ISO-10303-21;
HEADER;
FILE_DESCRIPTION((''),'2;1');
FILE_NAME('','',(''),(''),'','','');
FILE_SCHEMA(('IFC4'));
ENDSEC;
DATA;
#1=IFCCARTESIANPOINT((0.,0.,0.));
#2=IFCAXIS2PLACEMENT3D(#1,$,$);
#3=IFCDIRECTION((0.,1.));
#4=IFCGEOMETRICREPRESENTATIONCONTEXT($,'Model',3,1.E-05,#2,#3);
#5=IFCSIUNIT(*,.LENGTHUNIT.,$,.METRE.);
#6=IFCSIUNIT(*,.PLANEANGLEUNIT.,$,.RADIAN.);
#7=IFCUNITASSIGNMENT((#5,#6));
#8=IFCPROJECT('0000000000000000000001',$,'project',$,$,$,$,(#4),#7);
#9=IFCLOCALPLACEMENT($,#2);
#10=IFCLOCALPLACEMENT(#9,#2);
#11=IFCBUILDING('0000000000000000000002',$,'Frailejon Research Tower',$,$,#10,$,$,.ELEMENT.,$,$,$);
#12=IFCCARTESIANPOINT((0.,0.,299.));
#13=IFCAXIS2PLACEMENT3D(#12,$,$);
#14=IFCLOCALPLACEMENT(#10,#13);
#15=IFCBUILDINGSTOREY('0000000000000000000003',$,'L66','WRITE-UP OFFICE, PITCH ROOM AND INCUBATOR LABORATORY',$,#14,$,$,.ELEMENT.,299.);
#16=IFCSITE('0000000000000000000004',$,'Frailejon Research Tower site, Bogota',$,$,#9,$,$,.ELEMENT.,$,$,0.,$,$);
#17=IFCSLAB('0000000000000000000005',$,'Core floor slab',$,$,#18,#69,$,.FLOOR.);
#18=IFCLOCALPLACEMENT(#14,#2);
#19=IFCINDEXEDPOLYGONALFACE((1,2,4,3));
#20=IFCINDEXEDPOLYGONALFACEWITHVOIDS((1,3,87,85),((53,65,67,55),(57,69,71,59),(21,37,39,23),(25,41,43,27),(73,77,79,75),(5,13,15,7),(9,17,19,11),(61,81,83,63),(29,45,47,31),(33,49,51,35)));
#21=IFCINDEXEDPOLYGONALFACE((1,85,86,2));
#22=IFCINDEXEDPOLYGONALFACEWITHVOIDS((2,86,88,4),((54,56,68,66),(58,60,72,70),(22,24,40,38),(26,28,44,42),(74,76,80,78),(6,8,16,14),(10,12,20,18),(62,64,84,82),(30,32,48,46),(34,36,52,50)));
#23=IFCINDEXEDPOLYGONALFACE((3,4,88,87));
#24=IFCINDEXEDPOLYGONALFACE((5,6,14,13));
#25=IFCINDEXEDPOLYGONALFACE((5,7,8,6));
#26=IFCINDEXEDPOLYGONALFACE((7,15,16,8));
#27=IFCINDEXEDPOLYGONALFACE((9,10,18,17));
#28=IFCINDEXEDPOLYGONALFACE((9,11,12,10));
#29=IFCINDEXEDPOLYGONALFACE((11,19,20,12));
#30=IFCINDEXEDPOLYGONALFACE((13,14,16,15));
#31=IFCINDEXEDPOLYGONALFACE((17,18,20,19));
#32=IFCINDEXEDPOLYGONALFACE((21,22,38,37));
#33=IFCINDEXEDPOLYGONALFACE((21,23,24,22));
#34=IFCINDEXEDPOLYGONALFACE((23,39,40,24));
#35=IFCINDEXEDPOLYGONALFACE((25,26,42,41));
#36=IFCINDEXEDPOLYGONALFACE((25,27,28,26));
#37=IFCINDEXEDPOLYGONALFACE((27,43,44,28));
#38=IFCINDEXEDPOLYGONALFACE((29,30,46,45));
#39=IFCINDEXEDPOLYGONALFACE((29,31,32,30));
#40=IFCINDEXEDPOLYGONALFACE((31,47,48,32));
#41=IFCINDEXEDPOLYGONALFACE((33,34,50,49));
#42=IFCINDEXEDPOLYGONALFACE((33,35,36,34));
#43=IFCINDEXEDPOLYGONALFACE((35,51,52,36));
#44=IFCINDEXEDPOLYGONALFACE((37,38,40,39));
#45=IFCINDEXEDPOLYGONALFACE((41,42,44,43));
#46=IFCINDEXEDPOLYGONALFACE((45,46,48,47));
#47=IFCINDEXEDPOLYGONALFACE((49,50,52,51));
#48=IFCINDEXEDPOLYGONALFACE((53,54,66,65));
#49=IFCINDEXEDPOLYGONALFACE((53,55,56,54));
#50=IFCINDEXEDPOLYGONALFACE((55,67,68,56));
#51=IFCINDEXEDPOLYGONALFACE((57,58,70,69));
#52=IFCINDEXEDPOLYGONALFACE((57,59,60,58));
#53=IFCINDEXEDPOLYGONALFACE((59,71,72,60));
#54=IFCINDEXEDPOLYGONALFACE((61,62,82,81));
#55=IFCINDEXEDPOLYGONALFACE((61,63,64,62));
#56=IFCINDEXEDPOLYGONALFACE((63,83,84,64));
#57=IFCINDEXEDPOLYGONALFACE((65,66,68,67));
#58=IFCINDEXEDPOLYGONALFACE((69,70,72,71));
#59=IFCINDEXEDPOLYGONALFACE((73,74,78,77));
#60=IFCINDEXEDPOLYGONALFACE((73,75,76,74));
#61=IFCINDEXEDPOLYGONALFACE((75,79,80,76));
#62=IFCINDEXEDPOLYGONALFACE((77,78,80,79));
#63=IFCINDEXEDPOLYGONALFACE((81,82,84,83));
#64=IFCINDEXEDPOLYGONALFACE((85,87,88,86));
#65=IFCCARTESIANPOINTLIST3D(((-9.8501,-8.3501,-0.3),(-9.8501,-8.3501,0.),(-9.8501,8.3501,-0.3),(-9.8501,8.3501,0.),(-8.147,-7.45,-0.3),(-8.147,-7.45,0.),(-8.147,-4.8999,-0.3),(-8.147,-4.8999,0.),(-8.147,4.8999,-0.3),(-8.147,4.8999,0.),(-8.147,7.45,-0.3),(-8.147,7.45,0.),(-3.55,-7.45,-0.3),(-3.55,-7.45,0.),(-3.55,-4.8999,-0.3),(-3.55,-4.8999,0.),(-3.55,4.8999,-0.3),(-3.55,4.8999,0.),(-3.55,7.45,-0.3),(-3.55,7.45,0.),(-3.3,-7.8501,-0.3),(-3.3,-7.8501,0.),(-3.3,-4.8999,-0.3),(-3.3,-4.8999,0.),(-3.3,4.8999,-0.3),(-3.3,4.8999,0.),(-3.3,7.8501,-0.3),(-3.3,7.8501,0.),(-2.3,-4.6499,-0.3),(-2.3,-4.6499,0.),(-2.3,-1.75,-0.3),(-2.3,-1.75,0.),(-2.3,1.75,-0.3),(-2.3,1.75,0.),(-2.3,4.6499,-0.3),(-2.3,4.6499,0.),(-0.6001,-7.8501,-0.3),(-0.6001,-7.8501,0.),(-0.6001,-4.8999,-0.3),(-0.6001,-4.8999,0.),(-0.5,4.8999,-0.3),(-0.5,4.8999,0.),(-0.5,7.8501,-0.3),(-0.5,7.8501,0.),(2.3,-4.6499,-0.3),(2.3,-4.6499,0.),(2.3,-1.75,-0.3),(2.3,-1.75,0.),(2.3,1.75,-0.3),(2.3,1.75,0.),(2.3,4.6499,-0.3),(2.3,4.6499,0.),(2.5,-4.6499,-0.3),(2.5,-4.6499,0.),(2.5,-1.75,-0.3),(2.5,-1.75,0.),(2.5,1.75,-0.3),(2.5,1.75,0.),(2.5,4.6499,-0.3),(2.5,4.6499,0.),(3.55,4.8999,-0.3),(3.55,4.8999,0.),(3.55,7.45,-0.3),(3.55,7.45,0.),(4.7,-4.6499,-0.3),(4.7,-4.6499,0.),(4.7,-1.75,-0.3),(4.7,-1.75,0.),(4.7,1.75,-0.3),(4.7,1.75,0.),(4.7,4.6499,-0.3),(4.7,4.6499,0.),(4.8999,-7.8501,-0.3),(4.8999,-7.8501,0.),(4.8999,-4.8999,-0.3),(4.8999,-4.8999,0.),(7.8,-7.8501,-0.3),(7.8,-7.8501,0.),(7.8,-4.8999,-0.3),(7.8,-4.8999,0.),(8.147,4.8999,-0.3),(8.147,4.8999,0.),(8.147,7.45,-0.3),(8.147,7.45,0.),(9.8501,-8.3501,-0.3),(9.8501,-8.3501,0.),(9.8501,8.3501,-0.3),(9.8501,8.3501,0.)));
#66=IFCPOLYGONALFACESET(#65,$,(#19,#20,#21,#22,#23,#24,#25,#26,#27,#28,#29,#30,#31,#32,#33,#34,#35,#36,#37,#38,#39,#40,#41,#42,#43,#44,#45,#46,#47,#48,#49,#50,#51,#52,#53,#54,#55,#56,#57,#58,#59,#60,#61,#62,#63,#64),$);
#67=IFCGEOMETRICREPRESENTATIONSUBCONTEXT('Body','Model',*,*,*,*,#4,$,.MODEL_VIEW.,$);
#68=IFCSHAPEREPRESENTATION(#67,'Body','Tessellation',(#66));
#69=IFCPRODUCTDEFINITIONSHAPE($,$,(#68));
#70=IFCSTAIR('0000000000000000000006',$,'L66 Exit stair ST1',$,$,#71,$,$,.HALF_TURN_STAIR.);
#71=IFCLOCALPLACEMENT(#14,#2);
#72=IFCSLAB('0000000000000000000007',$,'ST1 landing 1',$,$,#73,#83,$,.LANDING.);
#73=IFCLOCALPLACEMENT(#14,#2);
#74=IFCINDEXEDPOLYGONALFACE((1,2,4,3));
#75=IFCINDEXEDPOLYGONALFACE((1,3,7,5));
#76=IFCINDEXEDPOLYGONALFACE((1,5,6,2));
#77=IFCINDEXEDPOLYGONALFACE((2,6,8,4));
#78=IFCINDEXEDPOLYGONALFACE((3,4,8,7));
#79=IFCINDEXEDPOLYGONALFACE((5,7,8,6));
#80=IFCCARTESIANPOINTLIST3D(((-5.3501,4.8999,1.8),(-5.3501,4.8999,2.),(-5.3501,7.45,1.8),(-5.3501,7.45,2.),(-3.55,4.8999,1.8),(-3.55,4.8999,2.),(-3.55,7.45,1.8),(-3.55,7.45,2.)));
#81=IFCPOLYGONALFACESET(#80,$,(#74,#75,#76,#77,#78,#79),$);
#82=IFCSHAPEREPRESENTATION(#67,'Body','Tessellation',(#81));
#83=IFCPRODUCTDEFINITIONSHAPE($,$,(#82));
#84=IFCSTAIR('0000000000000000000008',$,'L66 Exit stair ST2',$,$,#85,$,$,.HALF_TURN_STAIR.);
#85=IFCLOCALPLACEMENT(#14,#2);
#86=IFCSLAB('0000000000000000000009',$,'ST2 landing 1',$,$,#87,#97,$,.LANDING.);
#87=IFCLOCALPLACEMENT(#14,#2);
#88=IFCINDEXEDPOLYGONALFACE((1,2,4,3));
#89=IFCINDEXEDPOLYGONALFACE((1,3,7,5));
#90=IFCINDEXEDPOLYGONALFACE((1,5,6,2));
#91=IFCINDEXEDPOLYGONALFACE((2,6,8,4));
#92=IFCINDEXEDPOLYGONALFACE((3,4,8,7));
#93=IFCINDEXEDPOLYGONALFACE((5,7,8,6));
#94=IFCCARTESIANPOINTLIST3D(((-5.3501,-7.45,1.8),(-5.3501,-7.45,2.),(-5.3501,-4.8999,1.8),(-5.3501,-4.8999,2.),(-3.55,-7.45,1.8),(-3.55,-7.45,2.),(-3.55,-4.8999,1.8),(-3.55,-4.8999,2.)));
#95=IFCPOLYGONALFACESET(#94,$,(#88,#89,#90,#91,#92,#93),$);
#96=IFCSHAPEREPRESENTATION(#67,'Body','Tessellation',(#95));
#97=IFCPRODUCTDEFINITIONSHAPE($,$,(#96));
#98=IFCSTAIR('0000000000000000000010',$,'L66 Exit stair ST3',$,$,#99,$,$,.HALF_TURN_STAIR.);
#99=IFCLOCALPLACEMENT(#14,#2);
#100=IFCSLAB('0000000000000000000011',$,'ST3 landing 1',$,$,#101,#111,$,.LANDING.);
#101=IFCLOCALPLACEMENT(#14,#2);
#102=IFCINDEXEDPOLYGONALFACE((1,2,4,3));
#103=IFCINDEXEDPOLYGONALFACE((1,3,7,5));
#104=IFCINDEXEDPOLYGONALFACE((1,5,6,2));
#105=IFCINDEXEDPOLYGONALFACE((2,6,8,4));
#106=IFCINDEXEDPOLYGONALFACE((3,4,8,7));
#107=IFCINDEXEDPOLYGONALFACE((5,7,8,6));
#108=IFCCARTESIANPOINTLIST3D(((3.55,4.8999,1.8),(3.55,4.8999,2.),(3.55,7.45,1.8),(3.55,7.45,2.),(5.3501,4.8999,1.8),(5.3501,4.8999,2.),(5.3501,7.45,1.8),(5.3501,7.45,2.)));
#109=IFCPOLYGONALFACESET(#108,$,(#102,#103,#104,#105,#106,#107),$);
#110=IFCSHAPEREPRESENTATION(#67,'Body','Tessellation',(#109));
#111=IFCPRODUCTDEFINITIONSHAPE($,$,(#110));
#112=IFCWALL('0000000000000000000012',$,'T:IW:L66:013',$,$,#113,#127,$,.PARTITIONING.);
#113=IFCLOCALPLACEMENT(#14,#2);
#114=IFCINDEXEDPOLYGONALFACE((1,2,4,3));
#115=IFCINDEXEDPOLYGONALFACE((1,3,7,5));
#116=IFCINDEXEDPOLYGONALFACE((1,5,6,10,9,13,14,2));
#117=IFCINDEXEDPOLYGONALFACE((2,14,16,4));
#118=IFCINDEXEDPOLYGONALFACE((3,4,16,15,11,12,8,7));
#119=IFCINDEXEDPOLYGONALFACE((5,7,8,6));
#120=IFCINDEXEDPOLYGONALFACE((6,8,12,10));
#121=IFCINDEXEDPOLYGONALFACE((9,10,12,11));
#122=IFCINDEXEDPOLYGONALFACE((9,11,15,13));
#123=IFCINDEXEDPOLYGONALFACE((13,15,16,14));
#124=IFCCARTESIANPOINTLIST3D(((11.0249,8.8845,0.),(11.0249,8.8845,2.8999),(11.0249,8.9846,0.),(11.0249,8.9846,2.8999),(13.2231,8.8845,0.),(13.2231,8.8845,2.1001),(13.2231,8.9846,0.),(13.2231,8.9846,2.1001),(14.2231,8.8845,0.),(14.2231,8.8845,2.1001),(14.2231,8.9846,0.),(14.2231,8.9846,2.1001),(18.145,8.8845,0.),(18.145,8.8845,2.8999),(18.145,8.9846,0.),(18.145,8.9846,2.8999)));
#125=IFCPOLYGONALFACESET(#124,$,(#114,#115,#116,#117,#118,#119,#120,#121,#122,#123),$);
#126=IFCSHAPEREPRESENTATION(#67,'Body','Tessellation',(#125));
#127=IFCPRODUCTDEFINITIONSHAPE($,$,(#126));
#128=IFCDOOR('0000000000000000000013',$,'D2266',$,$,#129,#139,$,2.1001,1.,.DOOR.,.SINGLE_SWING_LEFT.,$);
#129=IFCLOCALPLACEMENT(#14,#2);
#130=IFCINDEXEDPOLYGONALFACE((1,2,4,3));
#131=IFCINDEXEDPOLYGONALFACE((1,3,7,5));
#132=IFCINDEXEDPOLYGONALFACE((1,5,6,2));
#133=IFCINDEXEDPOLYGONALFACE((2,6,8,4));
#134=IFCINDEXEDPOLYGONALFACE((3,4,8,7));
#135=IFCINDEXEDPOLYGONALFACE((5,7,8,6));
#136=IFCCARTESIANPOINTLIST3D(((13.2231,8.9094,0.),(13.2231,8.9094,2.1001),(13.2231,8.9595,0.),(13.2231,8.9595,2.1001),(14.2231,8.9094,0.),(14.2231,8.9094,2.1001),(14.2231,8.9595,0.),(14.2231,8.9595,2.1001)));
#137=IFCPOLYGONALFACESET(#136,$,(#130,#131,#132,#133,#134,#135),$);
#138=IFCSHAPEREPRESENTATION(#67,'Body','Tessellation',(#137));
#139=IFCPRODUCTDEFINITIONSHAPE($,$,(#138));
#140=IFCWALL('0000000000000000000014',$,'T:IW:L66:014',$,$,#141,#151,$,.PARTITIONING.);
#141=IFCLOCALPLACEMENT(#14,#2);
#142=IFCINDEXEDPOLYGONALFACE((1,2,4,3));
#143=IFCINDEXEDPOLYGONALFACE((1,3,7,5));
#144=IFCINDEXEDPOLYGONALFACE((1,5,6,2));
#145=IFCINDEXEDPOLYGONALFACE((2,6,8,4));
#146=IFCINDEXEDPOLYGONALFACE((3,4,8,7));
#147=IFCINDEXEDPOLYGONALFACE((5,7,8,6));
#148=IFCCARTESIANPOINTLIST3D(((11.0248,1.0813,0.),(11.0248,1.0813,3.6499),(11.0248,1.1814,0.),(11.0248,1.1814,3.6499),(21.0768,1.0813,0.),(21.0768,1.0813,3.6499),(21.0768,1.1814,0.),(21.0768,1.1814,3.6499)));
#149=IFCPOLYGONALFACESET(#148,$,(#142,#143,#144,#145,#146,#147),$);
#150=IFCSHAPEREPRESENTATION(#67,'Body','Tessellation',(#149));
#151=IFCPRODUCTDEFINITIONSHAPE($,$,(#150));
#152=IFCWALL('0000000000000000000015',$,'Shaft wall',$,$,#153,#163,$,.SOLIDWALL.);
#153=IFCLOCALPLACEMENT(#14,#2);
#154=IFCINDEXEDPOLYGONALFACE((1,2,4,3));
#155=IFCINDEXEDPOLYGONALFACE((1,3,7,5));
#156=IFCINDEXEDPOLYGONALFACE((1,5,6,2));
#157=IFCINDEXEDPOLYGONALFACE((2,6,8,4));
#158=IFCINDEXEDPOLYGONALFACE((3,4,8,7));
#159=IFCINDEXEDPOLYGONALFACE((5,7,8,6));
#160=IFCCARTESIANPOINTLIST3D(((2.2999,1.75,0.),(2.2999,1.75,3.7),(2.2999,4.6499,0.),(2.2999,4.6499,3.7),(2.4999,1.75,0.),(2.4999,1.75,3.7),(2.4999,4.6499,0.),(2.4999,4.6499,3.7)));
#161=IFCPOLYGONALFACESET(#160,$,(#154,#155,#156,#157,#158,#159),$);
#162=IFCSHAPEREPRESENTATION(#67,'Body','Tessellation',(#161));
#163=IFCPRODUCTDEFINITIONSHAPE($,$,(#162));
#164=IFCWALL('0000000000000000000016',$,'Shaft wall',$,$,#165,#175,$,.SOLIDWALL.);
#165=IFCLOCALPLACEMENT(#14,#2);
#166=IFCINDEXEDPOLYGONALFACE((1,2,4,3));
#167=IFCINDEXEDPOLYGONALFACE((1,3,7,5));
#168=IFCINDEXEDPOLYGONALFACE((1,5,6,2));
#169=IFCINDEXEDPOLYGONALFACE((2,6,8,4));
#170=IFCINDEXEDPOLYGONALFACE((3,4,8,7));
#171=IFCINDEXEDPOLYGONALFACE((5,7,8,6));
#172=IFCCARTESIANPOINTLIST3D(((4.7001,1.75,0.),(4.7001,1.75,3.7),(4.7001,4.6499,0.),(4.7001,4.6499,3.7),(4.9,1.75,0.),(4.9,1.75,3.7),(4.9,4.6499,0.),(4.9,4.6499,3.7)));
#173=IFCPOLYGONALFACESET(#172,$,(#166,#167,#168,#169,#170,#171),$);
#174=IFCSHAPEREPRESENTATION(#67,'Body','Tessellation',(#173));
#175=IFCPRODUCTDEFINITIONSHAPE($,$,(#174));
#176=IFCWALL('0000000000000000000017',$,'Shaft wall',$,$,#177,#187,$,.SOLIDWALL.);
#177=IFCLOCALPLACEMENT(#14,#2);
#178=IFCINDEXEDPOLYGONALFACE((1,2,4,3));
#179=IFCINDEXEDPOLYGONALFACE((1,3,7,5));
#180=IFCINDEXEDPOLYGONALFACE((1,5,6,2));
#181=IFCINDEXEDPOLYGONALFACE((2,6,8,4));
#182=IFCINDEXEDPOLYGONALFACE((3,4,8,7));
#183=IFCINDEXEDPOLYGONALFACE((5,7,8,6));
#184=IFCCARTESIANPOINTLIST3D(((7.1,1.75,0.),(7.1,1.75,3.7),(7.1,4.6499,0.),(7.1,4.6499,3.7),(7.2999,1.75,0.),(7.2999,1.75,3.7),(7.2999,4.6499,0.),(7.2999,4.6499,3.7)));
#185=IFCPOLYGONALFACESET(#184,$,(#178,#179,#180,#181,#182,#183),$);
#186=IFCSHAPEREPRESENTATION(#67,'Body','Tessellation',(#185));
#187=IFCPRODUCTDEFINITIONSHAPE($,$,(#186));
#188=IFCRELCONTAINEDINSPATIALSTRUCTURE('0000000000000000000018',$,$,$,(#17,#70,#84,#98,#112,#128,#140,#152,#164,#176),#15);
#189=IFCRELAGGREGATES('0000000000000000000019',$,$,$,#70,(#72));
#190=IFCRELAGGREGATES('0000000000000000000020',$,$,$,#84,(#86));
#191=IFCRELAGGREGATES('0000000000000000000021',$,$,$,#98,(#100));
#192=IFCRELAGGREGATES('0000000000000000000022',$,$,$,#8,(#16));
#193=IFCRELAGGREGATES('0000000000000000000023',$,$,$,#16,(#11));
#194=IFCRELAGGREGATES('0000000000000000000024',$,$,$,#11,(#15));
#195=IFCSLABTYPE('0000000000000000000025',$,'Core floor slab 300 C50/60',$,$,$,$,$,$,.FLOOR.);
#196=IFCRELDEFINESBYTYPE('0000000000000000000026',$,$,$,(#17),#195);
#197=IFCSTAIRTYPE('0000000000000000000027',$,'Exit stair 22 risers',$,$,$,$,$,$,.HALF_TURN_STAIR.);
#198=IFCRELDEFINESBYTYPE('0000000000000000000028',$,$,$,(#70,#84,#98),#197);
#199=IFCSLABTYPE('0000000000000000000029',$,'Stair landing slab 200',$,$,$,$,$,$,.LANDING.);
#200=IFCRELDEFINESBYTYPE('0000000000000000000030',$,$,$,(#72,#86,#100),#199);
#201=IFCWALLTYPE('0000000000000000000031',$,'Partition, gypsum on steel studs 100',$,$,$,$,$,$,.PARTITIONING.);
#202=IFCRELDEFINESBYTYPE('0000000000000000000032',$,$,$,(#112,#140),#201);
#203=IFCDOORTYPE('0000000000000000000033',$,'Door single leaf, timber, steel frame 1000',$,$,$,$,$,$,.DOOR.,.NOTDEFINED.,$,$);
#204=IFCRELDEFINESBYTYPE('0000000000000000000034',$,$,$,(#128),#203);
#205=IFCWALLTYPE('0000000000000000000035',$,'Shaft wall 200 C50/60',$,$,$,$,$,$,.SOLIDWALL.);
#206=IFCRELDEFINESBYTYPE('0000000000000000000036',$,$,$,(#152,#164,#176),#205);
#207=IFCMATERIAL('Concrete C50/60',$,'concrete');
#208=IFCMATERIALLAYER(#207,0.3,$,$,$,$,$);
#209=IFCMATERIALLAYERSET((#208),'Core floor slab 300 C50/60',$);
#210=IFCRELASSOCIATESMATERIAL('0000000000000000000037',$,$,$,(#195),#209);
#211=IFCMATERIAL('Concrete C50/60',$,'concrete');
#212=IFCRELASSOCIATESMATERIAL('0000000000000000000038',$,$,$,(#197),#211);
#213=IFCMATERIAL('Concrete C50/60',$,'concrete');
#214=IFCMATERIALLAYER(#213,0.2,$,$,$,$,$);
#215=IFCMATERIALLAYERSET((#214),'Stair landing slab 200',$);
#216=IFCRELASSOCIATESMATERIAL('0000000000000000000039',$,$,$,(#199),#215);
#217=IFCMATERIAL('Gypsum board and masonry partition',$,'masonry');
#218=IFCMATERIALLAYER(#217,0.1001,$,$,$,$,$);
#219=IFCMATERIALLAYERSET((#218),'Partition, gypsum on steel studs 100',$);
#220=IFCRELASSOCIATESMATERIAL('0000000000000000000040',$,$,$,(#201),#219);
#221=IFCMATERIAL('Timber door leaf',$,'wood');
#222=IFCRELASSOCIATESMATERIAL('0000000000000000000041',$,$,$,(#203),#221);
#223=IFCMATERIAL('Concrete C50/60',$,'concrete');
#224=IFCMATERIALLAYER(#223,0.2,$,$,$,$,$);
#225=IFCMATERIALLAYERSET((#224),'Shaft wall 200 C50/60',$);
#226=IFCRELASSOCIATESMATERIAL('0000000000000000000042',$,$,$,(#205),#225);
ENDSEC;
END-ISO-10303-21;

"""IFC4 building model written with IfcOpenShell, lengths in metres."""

from ifc_helpers import new_model, si_unit, direction, frame, frame_2d, origin, place, context, subcontext, project, spatial, polyline, rectangle, outline, extrude, material, layer, layer_set, type_object, element, fill, aggregate, save


model = new_model("IFC4")

# Units and contexts
model_context = context("Model", 3, precision=1e-05, world=origin(), true_north=direction((0.0, 1.0)))
body_context = subcontext(model_context, "Body", "Model", "MODEL_VIEW")
ifc_project = project(units=[si_unit("LENGTHUNIT", "METRE"), si_unit("PLANEANGLEUNIT", "RADIAN")], contexts=[model_context])

# Site, building, storey
site_placement = place(None, origin())
site = spatial("IfcSite", under=ifc_project, at=site_placement, Name="Frailejon Research Tower site, Bogota", CompositionType="ELEMENT", RefElevation=0.0)
building_placement = place(site_placement, origin())
building = spatial("IfcBuilding", under=site, at=building_placement, Name="Frailejon Research Tower", CompositionType="ELEMENT")
storey_placement = place(building_placement, frame((0.0, 0.0, 299.0)))
storey = spatial("IfcBuildingStorey", under=building, at=storey_placement, Name="L66", Description="WRITE-UP OFFICE, PITCH ROOM AND INCUBATOR LABORATORY", CompositionType="ELEMENT", Elevation=299.0)

# Slab
ifc_material_1 = material(Name="Concrete C50/60", Category="concrete")
ifc_layer_1 = layer(ifc_material_1, 0.3)
ifc_layer_set_1 = layer_set([ifc_layer_1], Name="Core floor slab 300 C50/60")
slab_type_1 = type_object("IfcSlabType", Name="Core floor slab 300 C50/60", PredefinedType="FLOOR", material=ifc_layer_set_1)
slab_1_placement = place(storey_placement, frame((0.0, 0.0, -0.3)))
element("IfcSlab", 1, at=slab_1_placement, inside=storey, type_object=slab_type_1, Name="Core floor slab", PredefinedType="FLOOR", context=body_context, shape_type="SweptSolid", body=[
    extrude(outline(polyline([(9.8501, -8.3501), (9.8501, 8.3501), (-9.8501, 8.3501), (-9.8501, -8.3501), (9.8501, -8.3501)]), holes=[polyline([(2.3, 1.75), (2.3, 4.6499), (-2.3, 4.6499), (-2.3, 1.75), (2.3, 1.75)]), polyline([(4.7, 1.75), (4.7, 4.6499), (2.5, 4.6499), (2.5, 1.75), (4.7, 1.75)]), polyline([(2.3, -4.6499), (2.3, -1.75), (-2.3, -1.75), (-2.3, -4.6499), (2.3, -4.6499)]), polyline([(4.7, -4.6499), (4.7, -1.75), (2.5, -1.75), (2.5, -4.6499), (4.7, -4.6499)]), polyline([(-8.147, 4.8999), (-3.55, 4.8999), (-3.55, 7.45), (-8.147, 7.45), (-8.147, 4.8999)]), polyline([(-8.147, -7.45), (-3.55, -7.45), (-3.55, -4.8999), (-8.147, -4.8999), (-8.147, -7.45)]), polyline([(8.147, 7.45), (3.55, 7.45), (3.55, 4.8999), (8.147, 4.8999), (8.147, 7.45)]), polyline([(-0.6001, -7.8501), (-0.6001, -4.8999), (-3.3, -4.8999), (-3.3, -7.8501), (-0.6001, -7.8501)]), polyline([(7.8, -7.8501), (7.8, -4.8999), (4.8999, -4.8999), (4.8999, -7.8501), (7.8, -7.8501)]), polyline([(-0.5, 4.8999), (-0.5, 7.8501), (-3.3, 7.8501), (-3.3, 4.8999), (-0.5, 4.8999)])]), origin(), (0.0, 0.0, 1.0), 0.3),
])

# Stairs, slabs
ifc_material_2 = material(Name="Concrete C50/60", Category="concrete")
stair_type = type_object("IfcStairType", Name="Exit stair 22 risers", PredefinedType="HALF_TURN_STAIR", material=ifc_material_2)
stair_1_placement = place(storey_placement, origin())
stair_1 = element("IfcStair", 2, at=stair_1_placement, inside=storey, type_object=stair_type, Name="L66 Exit stair ST1", PredefinedType="HALF_TURN_STAIR")
ifc_material_3 = material(Name="Concrete C50/60", Category="concrete")
ifc_layer_2 = layer(ifc_material_3, 0.2)
ifc_layer_set_2 = layer_set([ifc_layer_2], Name="Stair landing slab 200")
slab_type_2 = type_object("IfcSlabType", Name="Stair landing slab 200", PredefinedType="LANDING", material=ifc_layer_set_2)
slab_2_placement = place(storey_placement, frame((0.0, 0.0, 1.8)))
slab_2 = element("IfcSlab", 3, at=slab_2_placement, type_object=slab_type_2, Name="ST1 landing 1", PredefinedType="LANDING", context=body_context, shape_type="SweptSolid", body=[
    extrude(outline(polyline([(-5.3501, 4.8999), (-3.55, 4.8999), (-3.55, 7.45), (-5.3501, 7.45), (-5.3501, 4.8999)])), origin(), (0.0, 0.0, 1.0), 0.2),
])
aggregate(stair_1, [slab_2])
stair_2_placement = place(storey_placement, origin())
stair_2 = element("IfcStair", 4, at=stair_2_placement, inside=storey, type_object=stair_type, Name="L66 Exit stair ST2", PredefinedType="HALF_TURN_STAIR")
slab_3_placement = place(storey_placement, frame((0.0, 0.0, 1.8)))
slab_3 = element("IfcSlab", 5, at=slab_3_placement, type_object=slab_type_2, Name="ST2 landing 1", PredefinedType="LANDING", context=body_context, shape_type="SweptSolid", body=[
    extrude(outline(polyline([(-5.3501, -7.45), (-3.55, -7.45), (-3.55, -4.8999), (-5.3501, -4.8999), (-5.3501, -7.45)])), origin(), (0.0, 0.0, 1.0), 0.2),
])
aggregate(stair_2, [slab_3])
stair_3_placement = place(storey_placement, origin())
stair_3 = element("IfcStair", 6, at=stair_3_placement, inside=storey, type_object=stair_type, Name="L66 Exit stair ST3", PredefinedType="HALF_TURN_STAIR")
slab_4_placement = place(storey_placement, frame((0.0, 0.0, 1.8)))
slab_4 = element("IfcSlab", 7, at=slab_4_placement, type_object=slab_type_2, Name="ST3 landing 1", PredefinedType="LANDING", context=body_context, shape_type="SweptSolid", body=[
    extrude(outline(polyline([(5.3501, 7.45), (3.55, 7.45), (3.55, 4.8999), (5.3501, 4.8999), (5.3501, 7.45)])), origin(), (0.0, 0.0, 1.0), 0.2),
])

# Wall, opening, door
ifc_material_4 = material(Name="Gypsum board and masonry partition", Category="masonry")
ifc_layer_3 = layer(ifc_material_4, 0.1001)
ifc_layer_set_3 = layer_set([ifc_layer_3], Name="Partition, gypsum on steel studs 100")
wall_type_1 = type_object("IfcWallType", Name="Partition, gypsum on steel studs 100", PredefinedType="PARTITIONING", material=ifc_layer_set_3)
wall_1_placement = place(storey_placement, frame((11.0249, 8.9346, 0.0), z_axis=(0.0, 0.0, 1.0), x_axis=(1.0, 0.0, 0.0)))
wall_1 = element("IfcWall", 8, at=wall_1_placement, inside=storey, type_object=wall_type_1, Name="T:IW:L66:013", PredefinedType="PARTITIONING", context=body_context, shape_type="SweptSolid", body=[
    extrude(rectangle(XDim=7.1201, YDim=0.1001, at=frame_2d((3.5601, 0.0))), origin(), (0.0, 0.0, 1.0), 2.8999),
])
opening_1_placement = place(wall_1_placement, frame((2.1982, 0.0, 0.0)))
opening_1 = element("IfcOpeningElement", 9, at=opening_1_placement, cuts=wall_1, PredefinedType="OPENING", context=body_context, shape_type="SweptSolid", body=[
    extrude(rectangle(XDim=1.0, YDim=2.1001, at=frame_2d((0.5, 1.05))), frame((0.0, 0.0601, 0.0), z_axis=(0.0, -1.0, 0.0), x_axis=(1.0, 0.0, 0.0)), (0.0, 0.0, 1.0), 0.1201),
])
ifc_material_5 = material(Name="Timber door leaf", Category="wood")
door_type_1 = type_object("IfcDoorType", Name="Door single leaf, timber, steel frame 1000", OperationType="NOTDEFINED", PredefinedType="DOOR", material=ifc_material_5)
door_1_placement = place(opening_1_placement, origin())
door_1 = element("IfcDoor", 10, at=door_1_placement, inside=storey, type_object=door_type_1, Name="D2266", OperationType="SINGLE_SWING_LEFT", OverallHeight=2.1001, OverallWidth=1.0, PredefinedType="DOOR", context=body_context, shape_type="SweptSolid", body=[
    extrude(rectangle(XDim=1.0, YDim=2.1001, at=frame_2d((0.5, 1.05))), frame((0.0, 0.0249, 0.0), z_axis=(0.0, -1.0, 0.0), x_axis=(1.0, 0.0, 0.0)), (0.0, 0.0, 1.0), 0.05),
])
fill(opening_1, door_1)

# Walls
wall_2_placement = place(storey_placement, frame((11.0249, 1.1313, 0.0), z_axis=(0.0, 0.0, 1.0), x_axis=(1.0, 0.0, 0.0)))
element("IfcWall", 11, at=wall_2_placement, inside=storey, type_object=wall_type_1, Name="T:IW:L66:014", PredefinedType="PARTITIONING", context=body_context, shape_type="SweptSolid", body=[
    extrude(rectangle(XDim=10.052, YDim=0.1001, at=frame_2d((5.0259, 0.0))), origin(), (0.0, 0.0, 1.0), 3.6499),
])
ifc_material_6 = material(Name="Concrete C50/60", Category="concrete")
ifc_layer_4 = layer(ifc_material_6, 0.2)
ifc_layer_set_4 = layer_set([ifc_layer_4], Name="Shaft wall 200 C50/60")
wall_type_2 = type_object("IfcWallType", Name="Shaft wall 200 C50/60", PredefinedType="SOLIDWALL", material=ifc_layer_set_4)
for number, where, z_axis, x_axis, name in (
    (12, (2.3999, 1.75, 0.0), (0.0, 0.0, 1.0), (0.0, 1.0, 0.0), "Shaft wall"),
    (13, (4.8, 1.75, 0.0), (0.0, 0.0, 1.0), (0.0, 1.0, 0.0), "Shaft wall"),
    (14, (7.2, 1.75, 0.0), (0.0, 0.0, 1.0), (0.0, 1.0, 0.0), "Shaft wall"),
):
    element("IfcWall", number, at=place(storey_placement, frame(where, z_axis=z_axis, x_axis=x_axis)), inside=storey, type_object=wall_type_2, Name=name, PredefinedType="SOLIDWALL", context=body_context, shape_type="SweptSolid", body=[
        extrude(rectangle(XDim=2.8999, YDim=0.2, at=frame_2d((1.45, 0.0))), origin(), (0.0, 0.0, 1.0), 3.7),
    ])

aggregate(stair_3, [slab_4])

save(model, "model.ifc")
